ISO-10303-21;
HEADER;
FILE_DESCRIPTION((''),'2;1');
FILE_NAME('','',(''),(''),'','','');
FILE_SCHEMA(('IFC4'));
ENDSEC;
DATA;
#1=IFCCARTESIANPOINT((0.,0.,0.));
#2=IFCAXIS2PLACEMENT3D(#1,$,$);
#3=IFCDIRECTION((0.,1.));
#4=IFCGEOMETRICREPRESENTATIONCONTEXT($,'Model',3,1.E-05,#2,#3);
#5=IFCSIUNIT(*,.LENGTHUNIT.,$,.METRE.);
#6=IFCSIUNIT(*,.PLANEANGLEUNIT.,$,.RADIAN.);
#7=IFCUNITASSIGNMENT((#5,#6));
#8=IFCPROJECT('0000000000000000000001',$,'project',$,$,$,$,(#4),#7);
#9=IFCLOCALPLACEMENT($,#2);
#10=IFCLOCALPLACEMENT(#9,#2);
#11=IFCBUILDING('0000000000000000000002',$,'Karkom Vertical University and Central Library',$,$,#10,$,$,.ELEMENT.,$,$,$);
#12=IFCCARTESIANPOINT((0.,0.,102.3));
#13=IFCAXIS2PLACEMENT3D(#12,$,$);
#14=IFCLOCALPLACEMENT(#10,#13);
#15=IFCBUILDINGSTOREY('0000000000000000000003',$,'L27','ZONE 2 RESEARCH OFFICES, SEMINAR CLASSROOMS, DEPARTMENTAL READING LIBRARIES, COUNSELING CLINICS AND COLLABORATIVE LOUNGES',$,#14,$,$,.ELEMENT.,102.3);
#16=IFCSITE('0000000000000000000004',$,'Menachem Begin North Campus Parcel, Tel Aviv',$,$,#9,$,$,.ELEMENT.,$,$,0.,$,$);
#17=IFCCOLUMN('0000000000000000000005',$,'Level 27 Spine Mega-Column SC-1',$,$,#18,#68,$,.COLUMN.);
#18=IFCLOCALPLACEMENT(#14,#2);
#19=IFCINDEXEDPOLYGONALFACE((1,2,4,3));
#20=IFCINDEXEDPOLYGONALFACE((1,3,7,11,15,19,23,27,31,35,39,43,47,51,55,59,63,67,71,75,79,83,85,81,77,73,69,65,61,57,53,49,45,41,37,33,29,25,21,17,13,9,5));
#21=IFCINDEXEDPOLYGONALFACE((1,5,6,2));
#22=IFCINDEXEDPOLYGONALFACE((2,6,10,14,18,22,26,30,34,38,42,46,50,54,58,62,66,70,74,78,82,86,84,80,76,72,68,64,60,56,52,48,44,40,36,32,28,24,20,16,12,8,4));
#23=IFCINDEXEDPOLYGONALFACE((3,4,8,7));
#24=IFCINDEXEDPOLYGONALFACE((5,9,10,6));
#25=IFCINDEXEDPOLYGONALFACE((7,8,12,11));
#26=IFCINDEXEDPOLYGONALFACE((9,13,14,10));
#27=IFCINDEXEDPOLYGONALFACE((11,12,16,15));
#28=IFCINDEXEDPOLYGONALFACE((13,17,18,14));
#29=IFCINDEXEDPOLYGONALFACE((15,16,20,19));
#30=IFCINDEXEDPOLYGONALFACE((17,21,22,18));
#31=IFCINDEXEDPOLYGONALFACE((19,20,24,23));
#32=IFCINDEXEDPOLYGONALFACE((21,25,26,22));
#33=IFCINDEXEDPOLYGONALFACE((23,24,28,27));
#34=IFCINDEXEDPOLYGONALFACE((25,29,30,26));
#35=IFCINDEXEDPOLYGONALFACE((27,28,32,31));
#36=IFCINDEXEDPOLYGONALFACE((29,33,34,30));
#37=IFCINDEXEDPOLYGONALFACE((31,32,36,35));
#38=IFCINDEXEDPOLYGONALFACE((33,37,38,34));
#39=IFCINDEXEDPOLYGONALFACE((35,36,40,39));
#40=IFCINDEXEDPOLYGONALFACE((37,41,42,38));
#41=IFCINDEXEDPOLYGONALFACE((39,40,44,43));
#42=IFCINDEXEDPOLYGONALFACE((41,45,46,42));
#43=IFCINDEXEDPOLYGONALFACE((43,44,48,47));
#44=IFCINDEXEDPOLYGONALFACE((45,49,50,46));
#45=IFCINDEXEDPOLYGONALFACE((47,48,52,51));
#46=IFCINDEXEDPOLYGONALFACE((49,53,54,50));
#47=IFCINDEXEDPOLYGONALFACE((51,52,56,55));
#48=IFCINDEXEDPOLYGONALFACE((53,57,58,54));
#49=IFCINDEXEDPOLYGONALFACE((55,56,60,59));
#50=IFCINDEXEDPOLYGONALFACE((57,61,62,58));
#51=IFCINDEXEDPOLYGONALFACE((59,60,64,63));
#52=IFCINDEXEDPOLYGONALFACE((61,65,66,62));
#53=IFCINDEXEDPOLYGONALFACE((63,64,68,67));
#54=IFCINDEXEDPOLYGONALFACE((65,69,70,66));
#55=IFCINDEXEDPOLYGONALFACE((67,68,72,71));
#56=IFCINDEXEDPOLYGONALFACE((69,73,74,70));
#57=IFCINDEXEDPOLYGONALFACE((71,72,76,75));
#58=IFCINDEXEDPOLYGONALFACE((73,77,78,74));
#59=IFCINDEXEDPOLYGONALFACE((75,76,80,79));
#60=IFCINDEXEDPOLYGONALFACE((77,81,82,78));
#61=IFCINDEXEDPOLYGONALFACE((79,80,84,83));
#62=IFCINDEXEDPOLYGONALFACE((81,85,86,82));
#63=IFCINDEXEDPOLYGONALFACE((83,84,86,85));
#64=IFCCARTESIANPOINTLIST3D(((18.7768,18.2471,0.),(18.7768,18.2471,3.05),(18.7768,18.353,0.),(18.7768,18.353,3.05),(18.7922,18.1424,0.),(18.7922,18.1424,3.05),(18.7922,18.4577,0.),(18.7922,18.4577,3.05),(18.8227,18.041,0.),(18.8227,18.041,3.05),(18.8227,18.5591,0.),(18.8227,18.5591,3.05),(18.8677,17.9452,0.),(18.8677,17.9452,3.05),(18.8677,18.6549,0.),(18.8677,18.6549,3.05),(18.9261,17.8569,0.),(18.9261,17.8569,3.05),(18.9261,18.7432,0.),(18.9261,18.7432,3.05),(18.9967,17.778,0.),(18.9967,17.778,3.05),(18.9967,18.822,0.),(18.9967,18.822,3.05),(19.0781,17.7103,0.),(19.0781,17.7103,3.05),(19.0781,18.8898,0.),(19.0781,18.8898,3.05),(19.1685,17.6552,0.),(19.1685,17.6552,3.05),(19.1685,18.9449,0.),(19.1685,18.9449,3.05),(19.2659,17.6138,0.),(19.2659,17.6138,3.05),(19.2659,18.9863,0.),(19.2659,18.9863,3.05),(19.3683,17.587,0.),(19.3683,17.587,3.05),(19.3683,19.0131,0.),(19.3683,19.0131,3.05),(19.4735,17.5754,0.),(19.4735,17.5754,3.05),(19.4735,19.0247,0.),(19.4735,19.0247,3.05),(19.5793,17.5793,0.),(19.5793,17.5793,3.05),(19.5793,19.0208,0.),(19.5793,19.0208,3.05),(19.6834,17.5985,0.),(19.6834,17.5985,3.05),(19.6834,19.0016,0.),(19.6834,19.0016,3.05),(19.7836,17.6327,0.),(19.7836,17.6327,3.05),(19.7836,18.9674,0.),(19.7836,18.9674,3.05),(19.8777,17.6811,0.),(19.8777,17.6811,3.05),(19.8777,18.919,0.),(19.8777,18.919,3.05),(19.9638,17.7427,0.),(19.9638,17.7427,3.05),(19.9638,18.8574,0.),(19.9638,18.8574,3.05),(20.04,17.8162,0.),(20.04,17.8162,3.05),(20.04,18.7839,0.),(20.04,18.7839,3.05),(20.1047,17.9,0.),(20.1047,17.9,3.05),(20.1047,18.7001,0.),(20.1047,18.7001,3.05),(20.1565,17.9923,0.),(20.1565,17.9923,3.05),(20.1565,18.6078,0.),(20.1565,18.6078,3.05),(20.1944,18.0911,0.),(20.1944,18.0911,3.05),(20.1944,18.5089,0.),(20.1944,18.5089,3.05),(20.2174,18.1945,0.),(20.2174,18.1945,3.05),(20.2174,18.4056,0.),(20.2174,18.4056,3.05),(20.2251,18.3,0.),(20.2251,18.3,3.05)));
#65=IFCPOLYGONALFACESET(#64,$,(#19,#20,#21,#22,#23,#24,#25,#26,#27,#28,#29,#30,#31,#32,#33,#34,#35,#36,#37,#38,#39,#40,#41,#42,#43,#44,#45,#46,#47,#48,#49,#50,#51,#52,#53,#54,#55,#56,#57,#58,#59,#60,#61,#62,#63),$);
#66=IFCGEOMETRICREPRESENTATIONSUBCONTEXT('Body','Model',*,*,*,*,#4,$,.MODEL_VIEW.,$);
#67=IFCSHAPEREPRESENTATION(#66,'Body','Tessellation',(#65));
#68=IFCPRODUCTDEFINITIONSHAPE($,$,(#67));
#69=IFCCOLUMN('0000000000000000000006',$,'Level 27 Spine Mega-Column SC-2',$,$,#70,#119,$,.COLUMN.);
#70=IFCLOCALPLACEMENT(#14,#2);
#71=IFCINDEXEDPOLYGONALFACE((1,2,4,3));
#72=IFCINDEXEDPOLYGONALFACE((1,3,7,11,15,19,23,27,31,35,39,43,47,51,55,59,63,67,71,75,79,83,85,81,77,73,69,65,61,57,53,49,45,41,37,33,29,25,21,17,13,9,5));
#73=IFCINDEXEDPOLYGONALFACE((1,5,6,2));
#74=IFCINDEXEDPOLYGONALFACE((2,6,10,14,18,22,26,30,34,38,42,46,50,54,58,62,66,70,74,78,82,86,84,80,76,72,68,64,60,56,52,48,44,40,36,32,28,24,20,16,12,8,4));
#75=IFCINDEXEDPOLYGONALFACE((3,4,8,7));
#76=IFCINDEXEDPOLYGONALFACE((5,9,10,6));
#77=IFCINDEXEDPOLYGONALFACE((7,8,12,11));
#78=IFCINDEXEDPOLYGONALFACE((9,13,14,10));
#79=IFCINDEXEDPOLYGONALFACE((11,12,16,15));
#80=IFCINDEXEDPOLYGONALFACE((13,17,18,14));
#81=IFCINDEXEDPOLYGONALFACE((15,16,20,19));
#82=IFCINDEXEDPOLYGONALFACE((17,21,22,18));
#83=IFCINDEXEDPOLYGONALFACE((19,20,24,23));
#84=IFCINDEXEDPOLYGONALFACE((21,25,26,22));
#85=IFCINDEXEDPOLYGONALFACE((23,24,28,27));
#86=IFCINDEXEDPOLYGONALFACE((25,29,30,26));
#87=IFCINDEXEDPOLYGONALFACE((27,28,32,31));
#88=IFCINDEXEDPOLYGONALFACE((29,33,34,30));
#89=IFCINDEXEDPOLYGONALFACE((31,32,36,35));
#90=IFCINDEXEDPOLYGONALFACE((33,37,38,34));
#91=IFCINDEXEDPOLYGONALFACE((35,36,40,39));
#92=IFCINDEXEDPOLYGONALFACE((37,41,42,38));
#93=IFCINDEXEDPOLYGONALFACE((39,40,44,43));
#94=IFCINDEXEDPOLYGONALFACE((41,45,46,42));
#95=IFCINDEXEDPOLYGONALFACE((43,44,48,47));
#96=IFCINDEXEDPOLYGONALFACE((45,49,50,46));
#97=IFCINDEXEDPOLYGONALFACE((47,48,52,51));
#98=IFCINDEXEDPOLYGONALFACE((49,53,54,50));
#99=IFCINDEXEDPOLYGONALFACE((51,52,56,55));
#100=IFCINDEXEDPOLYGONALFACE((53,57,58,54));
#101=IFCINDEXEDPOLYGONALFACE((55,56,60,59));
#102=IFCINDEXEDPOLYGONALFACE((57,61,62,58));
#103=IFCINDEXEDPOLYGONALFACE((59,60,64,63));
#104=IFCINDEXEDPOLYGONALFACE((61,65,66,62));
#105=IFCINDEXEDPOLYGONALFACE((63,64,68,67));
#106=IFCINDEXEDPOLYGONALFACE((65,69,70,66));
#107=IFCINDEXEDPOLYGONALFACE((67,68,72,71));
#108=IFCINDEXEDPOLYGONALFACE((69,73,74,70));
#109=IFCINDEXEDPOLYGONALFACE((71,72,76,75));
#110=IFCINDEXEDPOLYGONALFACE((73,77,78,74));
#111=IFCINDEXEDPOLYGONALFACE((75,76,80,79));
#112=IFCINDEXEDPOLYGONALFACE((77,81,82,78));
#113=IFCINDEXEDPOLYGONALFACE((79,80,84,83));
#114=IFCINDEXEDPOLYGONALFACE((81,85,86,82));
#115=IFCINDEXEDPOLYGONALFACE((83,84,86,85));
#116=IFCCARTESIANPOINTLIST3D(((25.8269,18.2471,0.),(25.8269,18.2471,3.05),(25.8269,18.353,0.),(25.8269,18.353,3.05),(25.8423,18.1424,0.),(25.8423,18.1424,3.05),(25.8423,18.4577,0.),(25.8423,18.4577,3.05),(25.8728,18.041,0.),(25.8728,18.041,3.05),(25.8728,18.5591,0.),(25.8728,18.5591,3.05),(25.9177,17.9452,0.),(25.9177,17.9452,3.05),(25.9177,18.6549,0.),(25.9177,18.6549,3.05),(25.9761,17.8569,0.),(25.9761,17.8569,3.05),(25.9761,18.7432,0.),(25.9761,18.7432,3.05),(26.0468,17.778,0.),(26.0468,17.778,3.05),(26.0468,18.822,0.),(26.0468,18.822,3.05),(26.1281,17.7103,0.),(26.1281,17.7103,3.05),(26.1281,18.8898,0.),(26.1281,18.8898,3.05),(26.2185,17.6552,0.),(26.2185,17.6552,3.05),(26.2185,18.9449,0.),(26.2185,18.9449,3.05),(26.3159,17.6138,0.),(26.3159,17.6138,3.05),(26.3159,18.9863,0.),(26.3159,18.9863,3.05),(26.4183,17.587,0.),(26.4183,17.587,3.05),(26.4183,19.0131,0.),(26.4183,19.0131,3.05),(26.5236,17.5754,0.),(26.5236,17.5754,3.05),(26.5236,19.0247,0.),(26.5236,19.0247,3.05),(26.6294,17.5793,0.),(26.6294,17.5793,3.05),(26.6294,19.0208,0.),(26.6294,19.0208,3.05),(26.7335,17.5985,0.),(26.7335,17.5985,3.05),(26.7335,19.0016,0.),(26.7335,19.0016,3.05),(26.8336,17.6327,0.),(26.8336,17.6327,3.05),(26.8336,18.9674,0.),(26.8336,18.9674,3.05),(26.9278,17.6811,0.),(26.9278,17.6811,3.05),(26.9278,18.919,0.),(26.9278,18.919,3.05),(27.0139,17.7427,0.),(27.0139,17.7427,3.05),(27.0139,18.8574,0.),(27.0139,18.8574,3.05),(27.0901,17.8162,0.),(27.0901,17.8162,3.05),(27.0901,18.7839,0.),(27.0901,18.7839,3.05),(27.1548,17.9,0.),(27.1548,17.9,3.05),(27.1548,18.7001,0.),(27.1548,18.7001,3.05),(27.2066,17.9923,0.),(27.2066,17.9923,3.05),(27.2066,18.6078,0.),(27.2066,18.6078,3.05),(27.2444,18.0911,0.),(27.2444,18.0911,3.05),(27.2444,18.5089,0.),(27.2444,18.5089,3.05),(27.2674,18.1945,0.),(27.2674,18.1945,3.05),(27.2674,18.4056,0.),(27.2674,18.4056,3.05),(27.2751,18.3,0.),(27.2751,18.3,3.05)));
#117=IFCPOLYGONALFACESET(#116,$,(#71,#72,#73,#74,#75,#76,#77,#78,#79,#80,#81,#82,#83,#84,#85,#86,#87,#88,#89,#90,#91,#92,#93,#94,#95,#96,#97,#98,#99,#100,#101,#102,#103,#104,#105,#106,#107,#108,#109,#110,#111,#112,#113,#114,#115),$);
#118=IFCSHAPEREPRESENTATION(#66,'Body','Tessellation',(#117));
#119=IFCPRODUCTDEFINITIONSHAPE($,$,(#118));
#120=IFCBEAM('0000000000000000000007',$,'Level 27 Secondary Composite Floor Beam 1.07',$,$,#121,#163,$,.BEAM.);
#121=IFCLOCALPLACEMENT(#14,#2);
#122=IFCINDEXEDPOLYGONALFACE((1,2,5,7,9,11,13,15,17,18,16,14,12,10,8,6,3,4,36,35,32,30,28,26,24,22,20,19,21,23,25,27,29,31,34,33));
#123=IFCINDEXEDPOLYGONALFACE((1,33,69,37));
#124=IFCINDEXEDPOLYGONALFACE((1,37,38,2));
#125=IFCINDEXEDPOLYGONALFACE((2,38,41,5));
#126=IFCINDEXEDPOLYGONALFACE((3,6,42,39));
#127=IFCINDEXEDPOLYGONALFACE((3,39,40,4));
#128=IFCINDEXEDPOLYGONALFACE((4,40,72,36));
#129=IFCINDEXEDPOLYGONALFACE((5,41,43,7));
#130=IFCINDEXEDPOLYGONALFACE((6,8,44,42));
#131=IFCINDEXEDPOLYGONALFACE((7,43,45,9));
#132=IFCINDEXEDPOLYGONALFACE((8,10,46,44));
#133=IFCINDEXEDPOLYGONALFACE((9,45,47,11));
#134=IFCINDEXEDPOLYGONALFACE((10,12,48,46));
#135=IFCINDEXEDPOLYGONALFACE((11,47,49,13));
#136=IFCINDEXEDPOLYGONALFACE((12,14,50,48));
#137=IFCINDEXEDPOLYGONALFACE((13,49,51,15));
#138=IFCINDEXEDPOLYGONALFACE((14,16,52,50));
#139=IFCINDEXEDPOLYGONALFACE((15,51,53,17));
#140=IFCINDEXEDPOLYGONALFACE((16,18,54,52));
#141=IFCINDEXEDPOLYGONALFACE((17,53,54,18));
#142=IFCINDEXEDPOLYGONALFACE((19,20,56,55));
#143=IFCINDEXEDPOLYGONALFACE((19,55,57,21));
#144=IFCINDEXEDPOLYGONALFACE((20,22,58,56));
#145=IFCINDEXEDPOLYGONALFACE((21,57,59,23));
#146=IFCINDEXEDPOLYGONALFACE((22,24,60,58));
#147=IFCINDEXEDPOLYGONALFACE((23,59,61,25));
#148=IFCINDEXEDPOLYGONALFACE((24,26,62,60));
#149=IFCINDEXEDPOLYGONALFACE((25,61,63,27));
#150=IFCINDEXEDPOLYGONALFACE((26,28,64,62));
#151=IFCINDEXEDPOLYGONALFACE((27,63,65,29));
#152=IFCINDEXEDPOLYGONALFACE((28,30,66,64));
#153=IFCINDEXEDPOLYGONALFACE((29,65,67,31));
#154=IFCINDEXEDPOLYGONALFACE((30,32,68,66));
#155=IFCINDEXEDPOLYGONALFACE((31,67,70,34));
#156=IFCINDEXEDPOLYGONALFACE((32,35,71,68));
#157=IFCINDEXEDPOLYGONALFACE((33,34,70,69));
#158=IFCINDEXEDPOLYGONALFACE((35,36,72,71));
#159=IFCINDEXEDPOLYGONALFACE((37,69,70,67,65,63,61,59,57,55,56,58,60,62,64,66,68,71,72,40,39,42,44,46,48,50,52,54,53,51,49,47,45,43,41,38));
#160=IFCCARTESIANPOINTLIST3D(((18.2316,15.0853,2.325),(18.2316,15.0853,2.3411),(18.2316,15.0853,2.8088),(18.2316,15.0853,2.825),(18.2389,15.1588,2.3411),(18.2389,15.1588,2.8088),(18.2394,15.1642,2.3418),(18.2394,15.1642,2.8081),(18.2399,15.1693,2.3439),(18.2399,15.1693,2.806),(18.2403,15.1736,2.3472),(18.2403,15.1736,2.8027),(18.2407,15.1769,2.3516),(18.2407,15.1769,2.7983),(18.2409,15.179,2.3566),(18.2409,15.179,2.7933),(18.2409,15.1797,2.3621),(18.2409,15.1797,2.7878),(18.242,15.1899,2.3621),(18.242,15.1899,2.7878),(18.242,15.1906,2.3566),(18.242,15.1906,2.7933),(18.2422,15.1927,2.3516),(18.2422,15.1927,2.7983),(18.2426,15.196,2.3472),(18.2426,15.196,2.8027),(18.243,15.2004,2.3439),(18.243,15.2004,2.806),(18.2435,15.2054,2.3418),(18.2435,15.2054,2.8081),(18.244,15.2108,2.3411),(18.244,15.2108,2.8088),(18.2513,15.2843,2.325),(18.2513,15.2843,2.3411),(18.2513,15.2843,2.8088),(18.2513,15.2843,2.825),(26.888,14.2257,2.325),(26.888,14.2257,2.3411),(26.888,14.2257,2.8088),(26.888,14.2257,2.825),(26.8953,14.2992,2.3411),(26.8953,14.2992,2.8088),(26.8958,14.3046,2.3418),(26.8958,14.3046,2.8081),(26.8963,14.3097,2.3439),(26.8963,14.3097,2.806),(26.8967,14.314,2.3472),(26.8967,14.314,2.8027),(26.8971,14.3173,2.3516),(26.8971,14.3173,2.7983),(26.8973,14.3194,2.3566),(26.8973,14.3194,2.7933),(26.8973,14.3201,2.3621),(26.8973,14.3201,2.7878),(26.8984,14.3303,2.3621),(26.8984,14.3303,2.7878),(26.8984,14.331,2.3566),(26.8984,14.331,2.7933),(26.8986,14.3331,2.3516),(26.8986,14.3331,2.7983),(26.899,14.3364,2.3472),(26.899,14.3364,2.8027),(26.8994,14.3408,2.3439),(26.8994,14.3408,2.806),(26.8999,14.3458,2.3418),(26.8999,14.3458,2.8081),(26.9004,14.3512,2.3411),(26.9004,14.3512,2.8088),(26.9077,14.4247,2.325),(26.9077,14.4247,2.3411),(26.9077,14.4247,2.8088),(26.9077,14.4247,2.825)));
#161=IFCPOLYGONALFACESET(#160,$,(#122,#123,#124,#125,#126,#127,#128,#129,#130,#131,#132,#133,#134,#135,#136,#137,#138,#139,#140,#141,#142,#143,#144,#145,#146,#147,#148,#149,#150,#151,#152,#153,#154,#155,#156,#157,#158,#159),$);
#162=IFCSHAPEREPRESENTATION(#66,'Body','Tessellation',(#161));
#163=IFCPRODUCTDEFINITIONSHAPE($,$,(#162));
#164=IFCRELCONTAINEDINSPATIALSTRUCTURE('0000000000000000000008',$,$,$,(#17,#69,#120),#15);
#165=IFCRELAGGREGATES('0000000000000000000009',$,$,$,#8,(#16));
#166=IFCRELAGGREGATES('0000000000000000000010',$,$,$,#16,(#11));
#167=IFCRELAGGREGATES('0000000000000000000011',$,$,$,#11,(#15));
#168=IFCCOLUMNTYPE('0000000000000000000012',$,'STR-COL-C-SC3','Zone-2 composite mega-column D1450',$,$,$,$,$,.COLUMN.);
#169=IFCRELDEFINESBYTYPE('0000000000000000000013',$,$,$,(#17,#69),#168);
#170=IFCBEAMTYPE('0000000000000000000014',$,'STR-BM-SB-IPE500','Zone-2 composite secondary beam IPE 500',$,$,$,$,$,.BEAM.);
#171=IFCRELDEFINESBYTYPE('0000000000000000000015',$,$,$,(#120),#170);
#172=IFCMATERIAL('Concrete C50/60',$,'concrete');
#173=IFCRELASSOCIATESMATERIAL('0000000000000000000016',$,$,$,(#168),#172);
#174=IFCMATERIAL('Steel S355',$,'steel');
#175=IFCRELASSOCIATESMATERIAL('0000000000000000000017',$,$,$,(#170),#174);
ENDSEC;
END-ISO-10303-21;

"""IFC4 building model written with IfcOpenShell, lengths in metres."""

from ifc_helpers import new_model, si_unit, direction, frame, origin, origin_with_axes, origin_2d, place, context, subcontext, project, spatial, circle, i_section, extrude, source, transform, mapped, material, material_profile, profile_set, type_object, element, save


model = new_model("IFC4")

# Units and contexts
model_context = context("Model", 3, precision=1e-05, world=origin(), true_north=direction((0.0, 1.0)))
body_context = subcontext(model_context, "Body", "Model", "MODEL_VIEW")
ifc_project = project(units=[si_unit("LENGTHUNIT", "METRE"), si_unit("PLANEANGLEUNIT", "RADIAN")], contexts=[model_context])

# Site, building, storey
site_placement = place(None, origin())
site = spatial("IfcSite", under=ifc_project, at=site_placement, Name="Menachem Begin North Campus Parcel, Tel Aviv", CompositionType="ELEMENT", RefElevation=0.0)
building_placement = place(site_placement, origin())
building = spatial("IfcBuilding", under=site, at=building_placement, Name="Karkom Vertical University and Central Library", CompositionType="ELEMENT")
storey_placement = place(building_placement, frame((0.0, 0.0, 102.3)))
storey = spatial("IfcBuildingStorey", under=building, at=storey_placement, Name="L27", Description="ZONE 2 RESEARCH OFFICES, SEMINAR CLASSROOMS, DEPARTMENTAL READING LIBRARIES, COUNSELING CLINICS AND COLLABORATIVE LOUNGES", CompositionType="ELEMENT", Elevation=102.3)

# Columns
ifc_material_1 = material(Name="Concrete C50/60", Category="concrete")
ifc_material_profile_1 = material_profile(ifc_material_1, circle(Radius=0.7251, at=origin_2d()), Name="CFT-D1450")
ifc_profile_set_1 = profile_set([ifc_material_profile_1], Name="Concrete C50/60")
column_type = type_object("IfcColumnType", Name="STR-COL-C-SC3", Description="Zone-2 composite mega-column D1450", PredefinedType="COLUMN", material=ifc_profile_set_1)
shared_shape_1 = source(origin_with_axes(), body_context, "Body", "SweptSolid", [
    extrude(circle(Radius=0.7251, at=origin_2d()), origin(), (0.0, 0.0, 1.0), 3.05),
])
for number, where, z_axis, x_axis, name in (
    (1, (19.5, 18.3, 0.0), (0.0, 0.0, 1.0), (1.0, 0.0, 0.0), "Level 27 Spine Mega-Column SC-1"),
    (2, (26.55, 18.3, 0.0), (0.0, 0.0, 1.0), (1.0, 0.0, 0.0), "Level 27 Spine Mega-Column SC-2"),
):
    element("IfcColumn", number, at=place(storey_placement, frame(where, z_axis=z_axis, x_axis=x_axis)), inside=storey, type_object=column_type, Name=name, PredefinedType="COLUMN", context=body_context, shape_type="MappedRepresentation", body=[
        mapped(shared_shape_1, transform((0.0, 0.0, 0.0), scale=1.0)),
    ])

# Beam
ifc_material_2 = material(Name="Steel S355", Category="steel")
ifc_material_profile_2 = material_profile(ifc_material_2, i_section(OverallWidth=0.2, OverallDepth=0.5, WebThickness=0.0103, FlangeThickness=0.0161, FilletRadius=0.021, at=origin_2d()), Name="IPE 500")
ifc_profile_set_2 = profile_set([ifc_material_profile_2], Name="Steel S355")
beam_type_1 = type_object("IfcBeamType", Name="STR-BM-SB-IPE500", Description="Zone-2 composite secondary beam IPE 500", PredefinedType="BEAM", material=ifc_profile_set_2)
shared_shape_2 = source(origin_with_axes(), body_context, "Body", "SweptSolid", [
    extrude(i_section(OverallWidth=0.2, OverallDepth=0.5, WebThickness=0.0103, FlangeThickness=0.0161, FilletRadius=0.021, at=origin_2d()), origin(), (0.0, 0.0, 1.0), 8.699),
])
beam_1_placement = place(storey_placement, frame((18.2415, 15.1848, 2.575), z_axis=(0.995106, -0.098817, 0.0), x_axis=(0.098817, 0.995106, 0.0)))
element("IfcBeam", 3, at=beam_1_placement, inside=storey, type_object=beam_type_1, Name="Level 27 Secondary Composite Floor Beam 1.07", PredefinedType="BEAM", context=body_context, shape_type="MappedRepresentation", body=[
    mapped(shared_shape_2, transform((0.0, 0.0, 0.0), scale=1.0)),
])

save(model, "model.ifc")
